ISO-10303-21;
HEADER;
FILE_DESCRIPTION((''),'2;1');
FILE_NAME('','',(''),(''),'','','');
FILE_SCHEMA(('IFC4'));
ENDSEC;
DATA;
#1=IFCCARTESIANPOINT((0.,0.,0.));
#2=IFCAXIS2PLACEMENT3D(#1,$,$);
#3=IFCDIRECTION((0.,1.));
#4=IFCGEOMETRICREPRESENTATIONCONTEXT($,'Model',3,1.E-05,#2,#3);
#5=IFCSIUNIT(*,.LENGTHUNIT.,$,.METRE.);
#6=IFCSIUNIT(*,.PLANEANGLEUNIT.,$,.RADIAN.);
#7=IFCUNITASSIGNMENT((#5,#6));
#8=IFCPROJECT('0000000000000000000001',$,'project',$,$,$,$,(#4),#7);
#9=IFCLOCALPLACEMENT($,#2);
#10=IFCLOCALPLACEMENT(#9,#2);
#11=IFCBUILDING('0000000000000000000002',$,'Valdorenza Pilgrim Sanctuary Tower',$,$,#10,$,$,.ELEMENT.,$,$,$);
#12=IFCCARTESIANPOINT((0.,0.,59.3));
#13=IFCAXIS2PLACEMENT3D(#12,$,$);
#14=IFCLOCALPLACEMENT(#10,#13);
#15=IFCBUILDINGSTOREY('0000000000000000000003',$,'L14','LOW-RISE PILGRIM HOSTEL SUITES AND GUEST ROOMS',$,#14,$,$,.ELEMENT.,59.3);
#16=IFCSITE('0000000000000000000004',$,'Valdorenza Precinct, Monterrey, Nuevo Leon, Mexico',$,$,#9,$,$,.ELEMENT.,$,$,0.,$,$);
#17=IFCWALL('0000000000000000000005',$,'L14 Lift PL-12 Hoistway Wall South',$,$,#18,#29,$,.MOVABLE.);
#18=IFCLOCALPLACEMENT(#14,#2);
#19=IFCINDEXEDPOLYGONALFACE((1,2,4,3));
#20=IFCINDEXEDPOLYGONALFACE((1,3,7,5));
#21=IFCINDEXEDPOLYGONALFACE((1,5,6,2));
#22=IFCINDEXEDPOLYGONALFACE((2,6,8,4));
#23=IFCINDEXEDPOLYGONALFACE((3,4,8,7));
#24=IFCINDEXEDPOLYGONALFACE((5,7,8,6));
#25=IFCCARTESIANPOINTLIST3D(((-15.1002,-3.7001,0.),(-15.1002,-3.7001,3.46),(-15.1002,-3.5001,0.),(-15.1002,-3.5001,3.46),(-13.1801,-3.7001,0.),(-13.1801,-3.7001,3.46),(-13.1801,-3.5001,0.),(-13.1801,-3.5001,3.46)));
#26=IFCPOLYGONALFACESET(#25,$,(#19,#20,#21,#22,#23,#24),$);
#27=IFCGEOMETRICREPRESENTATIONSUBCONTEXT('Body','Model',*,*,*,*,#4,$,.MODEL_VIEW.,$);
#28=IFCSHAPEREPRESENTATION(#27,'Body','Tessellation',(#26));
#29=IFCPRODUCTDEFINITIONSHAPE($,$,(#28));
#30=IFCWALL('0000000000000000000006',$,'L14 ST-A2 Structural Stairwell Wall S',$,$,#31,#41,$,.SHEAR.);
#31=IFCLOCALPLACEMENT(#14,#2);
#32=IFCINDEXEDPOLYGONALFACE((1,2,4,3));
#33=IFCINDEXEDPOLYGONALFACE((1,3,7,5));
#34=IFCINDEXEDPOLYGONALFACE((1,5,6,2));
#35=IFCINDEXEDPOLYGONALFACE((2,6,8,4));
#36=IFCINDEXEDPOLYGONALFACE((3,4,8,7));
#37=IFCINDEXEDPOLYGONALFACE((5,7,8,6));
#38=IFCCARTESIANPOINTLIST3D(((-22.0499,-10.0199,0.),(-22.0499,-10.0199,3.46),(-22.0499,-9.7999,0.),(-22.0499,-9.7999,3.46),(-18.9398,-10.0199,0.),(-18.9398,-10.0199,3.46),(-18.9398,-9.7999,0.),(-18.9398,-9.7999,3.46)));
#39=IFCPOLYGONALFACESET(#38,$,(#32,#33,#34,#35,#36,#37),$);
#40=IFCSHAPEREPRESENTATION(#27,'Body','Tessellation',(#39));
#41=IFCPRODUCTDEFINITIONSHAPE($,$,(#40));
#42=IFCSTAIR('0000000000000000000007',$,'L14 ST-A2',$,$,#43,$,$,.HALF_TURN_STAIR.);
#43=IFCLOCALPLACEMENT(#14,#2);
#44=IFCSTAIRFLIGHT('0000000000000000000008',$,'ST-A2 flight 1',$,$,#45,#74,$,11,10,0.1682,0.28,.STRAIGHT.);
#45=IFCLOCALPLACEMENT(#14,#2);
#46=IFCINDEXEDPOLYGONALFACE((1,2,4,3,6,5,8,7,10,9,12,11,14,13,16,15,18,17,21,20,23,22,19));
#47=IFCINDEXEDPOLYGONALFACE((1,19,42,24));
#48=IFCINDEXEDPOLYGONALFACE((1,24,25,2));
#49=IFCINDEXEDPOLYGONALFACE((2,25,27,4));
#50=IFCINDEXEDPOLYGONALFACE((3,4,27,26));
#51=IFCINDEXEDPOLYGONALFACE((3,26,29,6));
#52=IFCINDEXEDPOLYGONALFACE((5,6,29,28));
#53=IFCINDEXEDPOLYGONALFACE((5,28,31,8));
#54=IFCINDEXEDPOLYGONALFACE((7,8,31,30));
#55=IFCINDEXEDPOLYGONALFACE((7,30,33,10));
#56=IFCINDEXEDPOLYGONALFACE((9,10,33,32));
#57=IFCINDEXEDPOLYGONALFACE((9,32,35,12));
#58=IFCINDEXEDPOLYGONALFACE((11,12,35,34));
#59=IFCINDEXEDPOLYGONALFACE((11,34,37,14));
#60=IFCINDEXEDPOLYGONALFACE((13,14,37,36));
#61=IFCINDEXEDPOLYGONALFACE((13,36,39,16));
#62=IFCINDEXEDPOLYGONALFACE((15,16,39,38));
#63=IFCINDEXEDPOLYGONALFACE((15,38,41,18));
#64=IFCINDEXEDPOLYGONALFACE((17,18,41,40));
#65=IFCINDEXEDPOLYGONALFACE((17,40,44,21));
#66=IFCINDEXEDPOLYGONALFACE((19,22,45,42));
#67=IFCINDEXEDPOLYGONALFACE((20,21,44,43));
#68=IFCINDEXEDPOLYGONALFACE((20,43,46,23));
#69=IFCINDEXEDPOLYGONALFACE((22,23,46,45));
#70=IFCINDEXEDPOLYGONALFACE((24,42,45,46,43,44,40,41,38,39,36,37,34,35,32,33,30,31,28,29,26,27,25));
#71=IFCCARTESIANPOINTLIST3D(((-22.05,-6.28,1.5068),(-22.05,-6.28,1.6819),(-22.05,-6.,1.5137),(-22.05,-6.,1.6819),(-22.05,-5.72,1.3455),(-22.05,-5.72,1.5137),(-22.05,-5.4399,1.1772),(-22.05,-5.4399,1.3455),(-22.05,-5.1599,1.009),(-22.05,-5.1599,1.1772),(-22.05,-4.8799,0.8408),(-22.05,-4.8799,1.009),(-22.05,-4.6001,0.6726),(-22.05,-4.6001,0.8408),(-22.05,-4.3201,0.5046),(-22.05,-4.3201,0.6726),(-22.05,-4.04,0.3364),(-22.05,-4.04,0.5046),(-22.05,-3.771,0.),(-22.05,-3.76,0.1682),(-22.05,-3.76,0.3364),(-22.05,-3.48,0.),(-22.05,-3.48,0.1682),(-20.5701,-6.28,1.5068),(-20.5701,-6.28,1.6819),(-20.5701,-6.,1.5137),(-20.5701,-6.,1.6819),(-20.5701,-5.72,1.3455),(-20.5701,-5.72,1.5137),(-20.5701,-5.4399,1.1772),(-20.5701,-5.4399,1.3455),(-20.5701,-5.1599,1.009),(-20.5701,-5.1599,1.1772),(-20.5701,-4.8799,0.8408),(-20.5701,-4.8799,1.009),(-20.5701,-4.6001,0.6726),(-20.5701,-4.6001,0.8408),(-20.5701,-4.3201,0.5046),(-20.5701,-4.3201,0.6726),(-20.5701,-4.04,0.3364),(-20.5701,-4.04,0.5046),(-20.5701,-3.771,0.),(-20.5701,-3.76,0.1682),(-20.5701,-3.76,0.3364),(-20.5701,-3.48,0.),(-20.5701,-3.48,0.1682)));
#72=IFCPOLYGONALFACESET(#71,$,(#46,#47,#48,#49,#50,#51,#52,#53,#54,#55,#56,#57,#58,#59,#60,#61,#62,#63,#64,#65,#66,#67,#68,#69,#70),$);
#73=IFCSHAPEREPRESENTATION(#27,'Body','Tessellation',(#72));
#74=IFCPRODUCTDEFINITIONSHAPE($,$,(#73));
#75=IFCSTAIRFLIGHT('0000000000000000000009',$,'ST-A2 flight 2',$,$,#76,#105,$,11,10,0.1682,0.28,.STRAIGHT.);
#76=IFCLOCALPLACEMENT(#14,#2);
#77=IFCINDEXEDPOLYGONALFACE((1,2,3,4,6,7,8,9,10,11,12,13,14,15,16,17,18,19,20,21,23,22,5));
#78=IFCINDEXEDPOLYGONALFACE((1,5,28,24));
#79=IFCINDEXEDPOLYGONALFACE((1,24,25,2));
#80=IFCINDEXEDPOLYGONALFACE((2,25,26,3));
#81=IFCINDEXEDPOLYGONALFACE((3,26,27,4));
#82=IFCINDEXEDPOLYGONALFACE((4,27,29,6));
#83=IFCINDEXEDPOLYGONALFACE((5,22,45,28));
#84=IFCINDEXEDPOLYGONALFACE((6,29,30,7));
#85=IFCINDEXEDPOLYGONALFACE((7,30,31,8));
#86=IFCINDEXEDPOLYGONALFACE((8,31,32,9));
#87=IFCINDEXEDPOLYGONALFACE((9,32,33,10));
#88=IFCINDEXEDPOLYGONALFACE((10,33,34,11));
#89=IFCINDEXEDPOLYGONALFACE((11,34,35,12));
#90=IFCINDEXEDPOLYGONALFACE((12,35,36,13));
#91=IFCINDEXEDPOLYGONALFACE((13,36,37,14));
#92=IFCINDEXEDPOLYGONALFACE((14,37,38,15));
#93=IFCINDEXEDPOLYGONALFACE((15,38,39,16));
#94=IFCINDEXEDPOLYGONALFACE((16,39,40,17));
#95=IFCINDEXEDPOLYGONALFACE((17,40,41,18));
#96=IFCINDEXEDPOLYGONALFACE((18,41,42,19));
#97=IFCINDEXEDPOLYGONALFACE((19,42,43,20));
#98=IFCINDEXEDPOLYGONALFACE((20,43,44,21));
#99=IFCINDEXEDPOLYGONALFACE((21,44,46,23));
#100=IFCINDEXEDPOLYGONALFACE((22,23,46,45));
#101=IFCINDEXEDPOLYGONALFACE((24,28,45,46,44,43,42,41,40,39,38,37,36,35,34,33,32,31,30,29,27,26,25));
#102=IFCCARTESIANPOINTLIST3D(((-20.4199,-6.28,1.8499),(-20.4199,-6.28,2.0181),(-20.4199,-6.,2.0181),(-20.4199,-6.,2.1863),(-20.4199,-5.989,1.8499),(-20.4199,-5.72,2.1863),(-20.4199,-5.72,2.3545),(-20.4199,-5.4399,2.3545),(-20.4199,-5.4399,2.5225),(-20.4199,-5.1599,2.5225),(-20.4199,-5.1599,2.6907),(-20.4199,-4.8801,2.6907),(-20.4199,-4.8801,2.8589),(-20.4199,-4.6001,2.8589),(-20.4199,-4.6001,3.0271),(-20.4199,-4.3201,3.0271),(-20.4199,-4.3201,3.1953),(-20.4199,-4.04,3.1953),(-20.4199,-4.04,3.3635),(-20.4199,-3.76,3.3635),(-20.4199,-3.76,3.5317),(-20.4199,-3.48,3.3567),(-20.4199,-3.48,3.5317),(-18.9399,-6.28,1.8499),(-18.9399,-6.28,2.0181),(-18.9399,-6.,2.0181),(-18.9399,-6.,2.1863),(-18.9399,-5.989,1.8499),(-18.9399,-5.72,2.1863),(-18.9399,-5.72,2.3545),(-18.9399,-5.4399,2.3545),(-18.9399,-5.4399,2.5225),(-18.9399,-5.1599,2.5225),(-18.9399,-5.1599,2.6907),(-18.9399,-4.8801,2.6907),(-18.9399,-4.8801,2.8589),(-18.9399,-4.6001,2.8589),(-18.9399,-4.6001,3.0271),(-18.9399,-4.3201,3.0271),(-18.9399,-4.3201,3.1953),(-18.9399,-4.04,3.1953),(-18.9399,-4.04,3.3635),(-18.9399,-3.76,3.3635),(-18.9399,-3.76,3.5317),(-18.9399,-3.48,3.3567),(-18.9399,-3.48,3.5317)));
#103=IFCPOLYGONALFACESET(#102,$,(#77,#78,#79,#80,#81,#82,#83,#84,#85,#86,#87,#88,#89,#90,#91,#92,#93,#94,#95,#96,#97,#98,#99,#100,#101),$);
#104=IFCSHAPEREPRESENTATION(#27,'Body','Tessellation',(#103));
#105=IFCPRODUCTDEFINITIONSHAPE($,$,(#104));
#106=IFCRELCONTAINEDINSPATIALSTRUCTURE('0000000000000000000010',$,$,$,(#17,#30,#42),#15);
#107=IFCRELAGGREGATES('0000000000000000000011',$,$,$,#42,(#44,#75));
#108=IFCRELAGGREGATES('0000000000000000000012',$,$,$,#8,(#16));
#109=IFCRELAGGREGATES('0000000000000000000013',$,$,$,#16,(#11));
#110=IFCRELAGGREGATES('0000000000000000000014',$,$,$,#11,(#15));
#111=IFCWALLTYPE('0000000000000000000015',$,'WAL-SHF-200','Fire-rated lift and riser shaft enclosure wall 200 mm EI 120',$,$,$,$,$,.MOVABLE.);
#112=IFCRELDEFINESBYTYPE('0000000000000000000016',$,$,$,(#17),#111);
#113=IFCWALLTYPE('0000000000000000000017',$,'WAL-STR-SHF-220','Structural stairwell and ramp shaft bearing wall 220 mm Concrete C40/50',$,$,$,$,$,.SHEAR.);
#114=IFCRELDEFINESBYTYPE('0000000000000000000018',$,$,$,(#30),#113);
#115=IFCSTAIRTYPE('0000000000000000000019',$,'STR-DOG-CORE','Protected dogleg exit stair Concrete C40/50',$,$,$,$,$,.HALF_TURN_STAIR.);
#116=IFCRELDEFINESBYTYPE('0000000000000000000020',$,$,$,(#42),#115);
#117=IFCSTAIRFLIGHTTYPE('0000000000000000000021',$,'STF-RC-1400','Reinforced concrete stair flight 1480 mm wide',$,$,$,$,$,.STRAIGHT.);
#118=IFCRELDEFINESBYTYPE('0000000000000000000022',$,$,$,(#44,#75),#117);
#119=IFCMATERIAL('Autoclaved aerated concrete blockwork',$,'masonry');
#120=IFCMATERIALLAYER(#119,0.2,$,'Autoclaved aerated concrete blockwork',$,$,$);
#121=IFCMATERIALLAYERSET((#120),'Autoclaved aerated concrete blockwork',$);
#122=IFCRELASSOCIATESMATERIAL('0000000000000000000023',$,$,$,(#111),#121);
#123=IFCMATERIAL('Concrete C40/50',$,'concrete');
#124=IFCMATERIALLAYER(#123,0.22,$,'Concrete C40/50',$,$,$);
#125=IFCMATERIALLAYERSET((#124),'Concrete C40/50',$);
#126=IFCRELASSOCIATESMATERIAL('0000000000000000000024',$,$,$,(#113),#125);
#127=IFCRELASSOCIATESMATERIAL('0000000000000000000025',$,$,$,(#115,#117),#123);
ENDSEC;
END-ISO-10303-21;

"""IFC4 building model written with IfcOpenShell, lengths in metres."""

from ifc_helpers import new_model, si_unit, direction, frame, frame_2d, origin, place, context, subcontext, project, spatial, polyline, rectangle, outline, extrude, material, layer, layer_set, type_object, element, aggregate, save


model = new_model("IFC4")

# Units and contexts
model_context = context("Model", 3, precision=1e-05, world=origin(), true_north=direction((0.0, 1.0)))
body_context = subcontext(model_context, "Body", "Model", "MODEL_VIEW")
ifc_project = project(units=[si_unit("LENGTHUNIT", "METRE"), si_unit("PLANEANGLEUNIT", "RADIAN")], contexts=[model_context])

# Site, building, storey
site_placement = place(None, origin())
site = spatial("IfcSite", under=ifc_project, at=site_placement, Name="Valdorenza Precinct, Monterrey, Nuevo Leon, Mexico", CompositionType="ELEMENT", RefElevation=0.0)
building_placement = place(site_placement, origin())
building = spatial("IfcBuilding", under=site, at=building_placement, Name="Valdorenza Pilgrim Sanctuary Tower", CompositionType="ELEMENT")
storey_placement = place(building_placement, frame((0.0, 0.0, 59.3)))
storey = spatial("IfcBuildingStorey", under=building, at=storey_placement, Name="L14", Description="LOW-RISE PILGRIM HOSTEL SUITES AND GUEST ROOMS", CompositionType="ELEMENT", Elevation=59.3)

# Shared definitions
ifc_material_1 = material(Name="Autoclaved aerated concrete blockwork", Category="masonry")
ifc_layer_1 = layer(ifc_material_1, 0.2, Name="Autoclaved aerated concrete blockwork")
ifc_layer_set_1 = layer_set([ifc_layer_1], Name="Autoclaved aerated concrete blockwork")
wall_type_1 = type_object("IfcWallType", Name="WAL-SHF-200", Description="Fire-rated lift and riser shaft enclosure wall 200 mm EI 120", PredefinedType="MOVABLE", material=ifc_layer_set_1)

# Walls
wall_1_placement = place(storey_placement, frame((-15.1001, -3.6001, 0.0), z_axis=(0.0, 0.0, 1.0), x_axis=(1.0, 0.0, 0.0)))
element("IfcWall", 1, at=wall_1_placement, inside=storey, type_object=wall_type_1, Name="L14 Lift PL-12 Hoistway Wall South", PredefinedType="MOVABLE", context=body_context, shape_type="SweptSolid", body=[
    extrude(rectangle(XDim=1.9202, YDim=0.2, at=frame_2d((0.96, 0.0))), origin(), (0.0, 0.0, 1.0), 3.46),
])
ifc_material_2 = material(Name="Concrete C40/50", Category="concrete")
ifc_layer_2 = layer(ifc_material_2, 0.22, Name="Concrete C40/50")
ifc_layer_set_2 = layer_set([ifc_layer_2], Name="Concrete C40/50")
wall_type_2 = type_object("IfcWallType", Name="WAL-STR-SHF-220", Description="Structural stairwell and ramp shaft bearing wall 220 mm Concrete C40/50", PredefinedType="SHEAR", material=ifc_layer_set_2)
wall_2_placement = place(storey_placement, frame((-22.05, -9.9099, 0.0), z_axis=(0.0, 0.0, 1.0), x_axis=(1.0, 0.0, 0.0)))
element("IfcWall", 2, at=wall_2_placement, inside=storey, type_object=wall_type_2, Name="L14 ST-A2 Structural Stairwell Wall S", PredefinedType="SHEAR", context=body_context, shape_type="SweptSolid", body=[
    extrude(rectangle(XDim=3.1101, YDim=0.22, at=frame_2d((1.5552, 0.0))), origin(), (0.0, 0.0, 1.0), 3.46),
])

# Stair, stair flights
stair_type = type_object("IfcStairType", Name="STR-DOG-CORE", Description="Protected dogleg exit stair Concrete C40/50", PredefinedType="HALF_TURN_STAIR", material=ifc_material_2)
stair_placement = place(storey_placement, origin())
stair = element("IfcStair", 3, at=stair_placement, inside=storey, type_object=stair_type, Name="L14 ST-A2", PredefinedType="HALF_TURN_STAIR")
stair_flight_type = type_object("IfcStairFlightType", Name="STF-RC-1400", Description="Reinforced concrete stair flight 1480 mm wide", PredefinedType="STRAIGHT", material=ifc_material_2)
stair_flight_1_placement = place(storey_placement, frame((-21.3101, -3.48, 0.0), z_axis=(0.0, 0.0, 1.0), x_axis=(0.0, -1.0, 0.0)))
stair_flight_1 = element("IfcStairFlight", 4, at=stair_flight_1_placement, type_object=stair_flight_type, Name="ST-A2 flight 1", NumberOfRisers=11, NumberOfTreads=10, PredefinedType="STRAIGHT", RiserHeight=0.1682, TreadLength=0.28, context=body_context, shape_type="SweptSolid", body=[
    extrude(outline(polyline([(0.0, 0.0), (0.0, 0.1682), (0.28, 0.1682), (0.28, 0.3364), (0.5601, 0.3364), (0.5601, 0.5046), (0.8401, 0.5046), (0.8401, 0.6726), (1.1201, 0.6726), (1.1201, 0.8408), (1.3999, 0.8408), (1.3999, 1.009), (1.6799, 1.009), (1.6799, 1.1772), (1.96, 1.1772), (1.96, 1.3455), (2.24, 1.3455), (2.24, 1.5137), (2.52, 1.5137), (2.52, 1.6819), (2.8, 1.6819), (2.8, 1.8501), (2.8, 1.5068), (0.291, 0.0), (0.0, 0.0)])), frame((0.0, 0.74, 0.0), z_axis=(0.0, -1.0, 0.0), x_axis=(1.0, 0.0, 0.0)), (0.0, 0.0, 1.0), 1.48),
])
stair_flight_2_placement = place(storey_placement, frame((-19.6799, -6.28, 1.8499), z_axis=(0.0, 0.0, 1.0), x_axis=(0.0, 1.0, 0.0)))
stair_flight_2 = element("IfcStairFlight", 5, at=stair_flight_2_placement, type_object=stair_flight_type, Name="ST-A2 flight 2", NumberOfRisers=11, NumberOfTreads=10, PredefinedType="STRAIGHT", RiserHeight=0.1682, TreadLength=0.28, context=body_context, shape_type="SweptSolid", body=[
    extrude(outline(polyline([(0.0, 0.0), (0.0, 0.1682), (0.28, 0.1682), (0.28, 0.3364), (0.5601, 0.3364), (0.5601, 0.5046), (0.8401, 0.5046), (0.8401, 0.6726), (1.1201, 0.6726), (1.1201, 0.8408), (1.3999, 0.8408), (1.3999, 1.009), (1.6799, 1.009), (1.6799, 1.1772), (1.96, 1.1772), (1.96, 1.3455), (2.24, 1.3455), (2.24, 1.5137), (2.52, 1.5137), (2.52, 1.6819), (2.8, 1.6819), (2.8, 1.8501), (2.8, 1.5068), (0.291, 0.0), (0.0, 0.0)])), frame((0.0, 0.74, 0.0), z_axis=(0.0, -1.0, 0.0), x_axis=(1.0, 0.0, 0.0)), (0.0, 0.0, 1.0), 1.48),
])
aggregate(stair, [stair_flight_1, stair_flight_2])

save(model, "model.ifc")
